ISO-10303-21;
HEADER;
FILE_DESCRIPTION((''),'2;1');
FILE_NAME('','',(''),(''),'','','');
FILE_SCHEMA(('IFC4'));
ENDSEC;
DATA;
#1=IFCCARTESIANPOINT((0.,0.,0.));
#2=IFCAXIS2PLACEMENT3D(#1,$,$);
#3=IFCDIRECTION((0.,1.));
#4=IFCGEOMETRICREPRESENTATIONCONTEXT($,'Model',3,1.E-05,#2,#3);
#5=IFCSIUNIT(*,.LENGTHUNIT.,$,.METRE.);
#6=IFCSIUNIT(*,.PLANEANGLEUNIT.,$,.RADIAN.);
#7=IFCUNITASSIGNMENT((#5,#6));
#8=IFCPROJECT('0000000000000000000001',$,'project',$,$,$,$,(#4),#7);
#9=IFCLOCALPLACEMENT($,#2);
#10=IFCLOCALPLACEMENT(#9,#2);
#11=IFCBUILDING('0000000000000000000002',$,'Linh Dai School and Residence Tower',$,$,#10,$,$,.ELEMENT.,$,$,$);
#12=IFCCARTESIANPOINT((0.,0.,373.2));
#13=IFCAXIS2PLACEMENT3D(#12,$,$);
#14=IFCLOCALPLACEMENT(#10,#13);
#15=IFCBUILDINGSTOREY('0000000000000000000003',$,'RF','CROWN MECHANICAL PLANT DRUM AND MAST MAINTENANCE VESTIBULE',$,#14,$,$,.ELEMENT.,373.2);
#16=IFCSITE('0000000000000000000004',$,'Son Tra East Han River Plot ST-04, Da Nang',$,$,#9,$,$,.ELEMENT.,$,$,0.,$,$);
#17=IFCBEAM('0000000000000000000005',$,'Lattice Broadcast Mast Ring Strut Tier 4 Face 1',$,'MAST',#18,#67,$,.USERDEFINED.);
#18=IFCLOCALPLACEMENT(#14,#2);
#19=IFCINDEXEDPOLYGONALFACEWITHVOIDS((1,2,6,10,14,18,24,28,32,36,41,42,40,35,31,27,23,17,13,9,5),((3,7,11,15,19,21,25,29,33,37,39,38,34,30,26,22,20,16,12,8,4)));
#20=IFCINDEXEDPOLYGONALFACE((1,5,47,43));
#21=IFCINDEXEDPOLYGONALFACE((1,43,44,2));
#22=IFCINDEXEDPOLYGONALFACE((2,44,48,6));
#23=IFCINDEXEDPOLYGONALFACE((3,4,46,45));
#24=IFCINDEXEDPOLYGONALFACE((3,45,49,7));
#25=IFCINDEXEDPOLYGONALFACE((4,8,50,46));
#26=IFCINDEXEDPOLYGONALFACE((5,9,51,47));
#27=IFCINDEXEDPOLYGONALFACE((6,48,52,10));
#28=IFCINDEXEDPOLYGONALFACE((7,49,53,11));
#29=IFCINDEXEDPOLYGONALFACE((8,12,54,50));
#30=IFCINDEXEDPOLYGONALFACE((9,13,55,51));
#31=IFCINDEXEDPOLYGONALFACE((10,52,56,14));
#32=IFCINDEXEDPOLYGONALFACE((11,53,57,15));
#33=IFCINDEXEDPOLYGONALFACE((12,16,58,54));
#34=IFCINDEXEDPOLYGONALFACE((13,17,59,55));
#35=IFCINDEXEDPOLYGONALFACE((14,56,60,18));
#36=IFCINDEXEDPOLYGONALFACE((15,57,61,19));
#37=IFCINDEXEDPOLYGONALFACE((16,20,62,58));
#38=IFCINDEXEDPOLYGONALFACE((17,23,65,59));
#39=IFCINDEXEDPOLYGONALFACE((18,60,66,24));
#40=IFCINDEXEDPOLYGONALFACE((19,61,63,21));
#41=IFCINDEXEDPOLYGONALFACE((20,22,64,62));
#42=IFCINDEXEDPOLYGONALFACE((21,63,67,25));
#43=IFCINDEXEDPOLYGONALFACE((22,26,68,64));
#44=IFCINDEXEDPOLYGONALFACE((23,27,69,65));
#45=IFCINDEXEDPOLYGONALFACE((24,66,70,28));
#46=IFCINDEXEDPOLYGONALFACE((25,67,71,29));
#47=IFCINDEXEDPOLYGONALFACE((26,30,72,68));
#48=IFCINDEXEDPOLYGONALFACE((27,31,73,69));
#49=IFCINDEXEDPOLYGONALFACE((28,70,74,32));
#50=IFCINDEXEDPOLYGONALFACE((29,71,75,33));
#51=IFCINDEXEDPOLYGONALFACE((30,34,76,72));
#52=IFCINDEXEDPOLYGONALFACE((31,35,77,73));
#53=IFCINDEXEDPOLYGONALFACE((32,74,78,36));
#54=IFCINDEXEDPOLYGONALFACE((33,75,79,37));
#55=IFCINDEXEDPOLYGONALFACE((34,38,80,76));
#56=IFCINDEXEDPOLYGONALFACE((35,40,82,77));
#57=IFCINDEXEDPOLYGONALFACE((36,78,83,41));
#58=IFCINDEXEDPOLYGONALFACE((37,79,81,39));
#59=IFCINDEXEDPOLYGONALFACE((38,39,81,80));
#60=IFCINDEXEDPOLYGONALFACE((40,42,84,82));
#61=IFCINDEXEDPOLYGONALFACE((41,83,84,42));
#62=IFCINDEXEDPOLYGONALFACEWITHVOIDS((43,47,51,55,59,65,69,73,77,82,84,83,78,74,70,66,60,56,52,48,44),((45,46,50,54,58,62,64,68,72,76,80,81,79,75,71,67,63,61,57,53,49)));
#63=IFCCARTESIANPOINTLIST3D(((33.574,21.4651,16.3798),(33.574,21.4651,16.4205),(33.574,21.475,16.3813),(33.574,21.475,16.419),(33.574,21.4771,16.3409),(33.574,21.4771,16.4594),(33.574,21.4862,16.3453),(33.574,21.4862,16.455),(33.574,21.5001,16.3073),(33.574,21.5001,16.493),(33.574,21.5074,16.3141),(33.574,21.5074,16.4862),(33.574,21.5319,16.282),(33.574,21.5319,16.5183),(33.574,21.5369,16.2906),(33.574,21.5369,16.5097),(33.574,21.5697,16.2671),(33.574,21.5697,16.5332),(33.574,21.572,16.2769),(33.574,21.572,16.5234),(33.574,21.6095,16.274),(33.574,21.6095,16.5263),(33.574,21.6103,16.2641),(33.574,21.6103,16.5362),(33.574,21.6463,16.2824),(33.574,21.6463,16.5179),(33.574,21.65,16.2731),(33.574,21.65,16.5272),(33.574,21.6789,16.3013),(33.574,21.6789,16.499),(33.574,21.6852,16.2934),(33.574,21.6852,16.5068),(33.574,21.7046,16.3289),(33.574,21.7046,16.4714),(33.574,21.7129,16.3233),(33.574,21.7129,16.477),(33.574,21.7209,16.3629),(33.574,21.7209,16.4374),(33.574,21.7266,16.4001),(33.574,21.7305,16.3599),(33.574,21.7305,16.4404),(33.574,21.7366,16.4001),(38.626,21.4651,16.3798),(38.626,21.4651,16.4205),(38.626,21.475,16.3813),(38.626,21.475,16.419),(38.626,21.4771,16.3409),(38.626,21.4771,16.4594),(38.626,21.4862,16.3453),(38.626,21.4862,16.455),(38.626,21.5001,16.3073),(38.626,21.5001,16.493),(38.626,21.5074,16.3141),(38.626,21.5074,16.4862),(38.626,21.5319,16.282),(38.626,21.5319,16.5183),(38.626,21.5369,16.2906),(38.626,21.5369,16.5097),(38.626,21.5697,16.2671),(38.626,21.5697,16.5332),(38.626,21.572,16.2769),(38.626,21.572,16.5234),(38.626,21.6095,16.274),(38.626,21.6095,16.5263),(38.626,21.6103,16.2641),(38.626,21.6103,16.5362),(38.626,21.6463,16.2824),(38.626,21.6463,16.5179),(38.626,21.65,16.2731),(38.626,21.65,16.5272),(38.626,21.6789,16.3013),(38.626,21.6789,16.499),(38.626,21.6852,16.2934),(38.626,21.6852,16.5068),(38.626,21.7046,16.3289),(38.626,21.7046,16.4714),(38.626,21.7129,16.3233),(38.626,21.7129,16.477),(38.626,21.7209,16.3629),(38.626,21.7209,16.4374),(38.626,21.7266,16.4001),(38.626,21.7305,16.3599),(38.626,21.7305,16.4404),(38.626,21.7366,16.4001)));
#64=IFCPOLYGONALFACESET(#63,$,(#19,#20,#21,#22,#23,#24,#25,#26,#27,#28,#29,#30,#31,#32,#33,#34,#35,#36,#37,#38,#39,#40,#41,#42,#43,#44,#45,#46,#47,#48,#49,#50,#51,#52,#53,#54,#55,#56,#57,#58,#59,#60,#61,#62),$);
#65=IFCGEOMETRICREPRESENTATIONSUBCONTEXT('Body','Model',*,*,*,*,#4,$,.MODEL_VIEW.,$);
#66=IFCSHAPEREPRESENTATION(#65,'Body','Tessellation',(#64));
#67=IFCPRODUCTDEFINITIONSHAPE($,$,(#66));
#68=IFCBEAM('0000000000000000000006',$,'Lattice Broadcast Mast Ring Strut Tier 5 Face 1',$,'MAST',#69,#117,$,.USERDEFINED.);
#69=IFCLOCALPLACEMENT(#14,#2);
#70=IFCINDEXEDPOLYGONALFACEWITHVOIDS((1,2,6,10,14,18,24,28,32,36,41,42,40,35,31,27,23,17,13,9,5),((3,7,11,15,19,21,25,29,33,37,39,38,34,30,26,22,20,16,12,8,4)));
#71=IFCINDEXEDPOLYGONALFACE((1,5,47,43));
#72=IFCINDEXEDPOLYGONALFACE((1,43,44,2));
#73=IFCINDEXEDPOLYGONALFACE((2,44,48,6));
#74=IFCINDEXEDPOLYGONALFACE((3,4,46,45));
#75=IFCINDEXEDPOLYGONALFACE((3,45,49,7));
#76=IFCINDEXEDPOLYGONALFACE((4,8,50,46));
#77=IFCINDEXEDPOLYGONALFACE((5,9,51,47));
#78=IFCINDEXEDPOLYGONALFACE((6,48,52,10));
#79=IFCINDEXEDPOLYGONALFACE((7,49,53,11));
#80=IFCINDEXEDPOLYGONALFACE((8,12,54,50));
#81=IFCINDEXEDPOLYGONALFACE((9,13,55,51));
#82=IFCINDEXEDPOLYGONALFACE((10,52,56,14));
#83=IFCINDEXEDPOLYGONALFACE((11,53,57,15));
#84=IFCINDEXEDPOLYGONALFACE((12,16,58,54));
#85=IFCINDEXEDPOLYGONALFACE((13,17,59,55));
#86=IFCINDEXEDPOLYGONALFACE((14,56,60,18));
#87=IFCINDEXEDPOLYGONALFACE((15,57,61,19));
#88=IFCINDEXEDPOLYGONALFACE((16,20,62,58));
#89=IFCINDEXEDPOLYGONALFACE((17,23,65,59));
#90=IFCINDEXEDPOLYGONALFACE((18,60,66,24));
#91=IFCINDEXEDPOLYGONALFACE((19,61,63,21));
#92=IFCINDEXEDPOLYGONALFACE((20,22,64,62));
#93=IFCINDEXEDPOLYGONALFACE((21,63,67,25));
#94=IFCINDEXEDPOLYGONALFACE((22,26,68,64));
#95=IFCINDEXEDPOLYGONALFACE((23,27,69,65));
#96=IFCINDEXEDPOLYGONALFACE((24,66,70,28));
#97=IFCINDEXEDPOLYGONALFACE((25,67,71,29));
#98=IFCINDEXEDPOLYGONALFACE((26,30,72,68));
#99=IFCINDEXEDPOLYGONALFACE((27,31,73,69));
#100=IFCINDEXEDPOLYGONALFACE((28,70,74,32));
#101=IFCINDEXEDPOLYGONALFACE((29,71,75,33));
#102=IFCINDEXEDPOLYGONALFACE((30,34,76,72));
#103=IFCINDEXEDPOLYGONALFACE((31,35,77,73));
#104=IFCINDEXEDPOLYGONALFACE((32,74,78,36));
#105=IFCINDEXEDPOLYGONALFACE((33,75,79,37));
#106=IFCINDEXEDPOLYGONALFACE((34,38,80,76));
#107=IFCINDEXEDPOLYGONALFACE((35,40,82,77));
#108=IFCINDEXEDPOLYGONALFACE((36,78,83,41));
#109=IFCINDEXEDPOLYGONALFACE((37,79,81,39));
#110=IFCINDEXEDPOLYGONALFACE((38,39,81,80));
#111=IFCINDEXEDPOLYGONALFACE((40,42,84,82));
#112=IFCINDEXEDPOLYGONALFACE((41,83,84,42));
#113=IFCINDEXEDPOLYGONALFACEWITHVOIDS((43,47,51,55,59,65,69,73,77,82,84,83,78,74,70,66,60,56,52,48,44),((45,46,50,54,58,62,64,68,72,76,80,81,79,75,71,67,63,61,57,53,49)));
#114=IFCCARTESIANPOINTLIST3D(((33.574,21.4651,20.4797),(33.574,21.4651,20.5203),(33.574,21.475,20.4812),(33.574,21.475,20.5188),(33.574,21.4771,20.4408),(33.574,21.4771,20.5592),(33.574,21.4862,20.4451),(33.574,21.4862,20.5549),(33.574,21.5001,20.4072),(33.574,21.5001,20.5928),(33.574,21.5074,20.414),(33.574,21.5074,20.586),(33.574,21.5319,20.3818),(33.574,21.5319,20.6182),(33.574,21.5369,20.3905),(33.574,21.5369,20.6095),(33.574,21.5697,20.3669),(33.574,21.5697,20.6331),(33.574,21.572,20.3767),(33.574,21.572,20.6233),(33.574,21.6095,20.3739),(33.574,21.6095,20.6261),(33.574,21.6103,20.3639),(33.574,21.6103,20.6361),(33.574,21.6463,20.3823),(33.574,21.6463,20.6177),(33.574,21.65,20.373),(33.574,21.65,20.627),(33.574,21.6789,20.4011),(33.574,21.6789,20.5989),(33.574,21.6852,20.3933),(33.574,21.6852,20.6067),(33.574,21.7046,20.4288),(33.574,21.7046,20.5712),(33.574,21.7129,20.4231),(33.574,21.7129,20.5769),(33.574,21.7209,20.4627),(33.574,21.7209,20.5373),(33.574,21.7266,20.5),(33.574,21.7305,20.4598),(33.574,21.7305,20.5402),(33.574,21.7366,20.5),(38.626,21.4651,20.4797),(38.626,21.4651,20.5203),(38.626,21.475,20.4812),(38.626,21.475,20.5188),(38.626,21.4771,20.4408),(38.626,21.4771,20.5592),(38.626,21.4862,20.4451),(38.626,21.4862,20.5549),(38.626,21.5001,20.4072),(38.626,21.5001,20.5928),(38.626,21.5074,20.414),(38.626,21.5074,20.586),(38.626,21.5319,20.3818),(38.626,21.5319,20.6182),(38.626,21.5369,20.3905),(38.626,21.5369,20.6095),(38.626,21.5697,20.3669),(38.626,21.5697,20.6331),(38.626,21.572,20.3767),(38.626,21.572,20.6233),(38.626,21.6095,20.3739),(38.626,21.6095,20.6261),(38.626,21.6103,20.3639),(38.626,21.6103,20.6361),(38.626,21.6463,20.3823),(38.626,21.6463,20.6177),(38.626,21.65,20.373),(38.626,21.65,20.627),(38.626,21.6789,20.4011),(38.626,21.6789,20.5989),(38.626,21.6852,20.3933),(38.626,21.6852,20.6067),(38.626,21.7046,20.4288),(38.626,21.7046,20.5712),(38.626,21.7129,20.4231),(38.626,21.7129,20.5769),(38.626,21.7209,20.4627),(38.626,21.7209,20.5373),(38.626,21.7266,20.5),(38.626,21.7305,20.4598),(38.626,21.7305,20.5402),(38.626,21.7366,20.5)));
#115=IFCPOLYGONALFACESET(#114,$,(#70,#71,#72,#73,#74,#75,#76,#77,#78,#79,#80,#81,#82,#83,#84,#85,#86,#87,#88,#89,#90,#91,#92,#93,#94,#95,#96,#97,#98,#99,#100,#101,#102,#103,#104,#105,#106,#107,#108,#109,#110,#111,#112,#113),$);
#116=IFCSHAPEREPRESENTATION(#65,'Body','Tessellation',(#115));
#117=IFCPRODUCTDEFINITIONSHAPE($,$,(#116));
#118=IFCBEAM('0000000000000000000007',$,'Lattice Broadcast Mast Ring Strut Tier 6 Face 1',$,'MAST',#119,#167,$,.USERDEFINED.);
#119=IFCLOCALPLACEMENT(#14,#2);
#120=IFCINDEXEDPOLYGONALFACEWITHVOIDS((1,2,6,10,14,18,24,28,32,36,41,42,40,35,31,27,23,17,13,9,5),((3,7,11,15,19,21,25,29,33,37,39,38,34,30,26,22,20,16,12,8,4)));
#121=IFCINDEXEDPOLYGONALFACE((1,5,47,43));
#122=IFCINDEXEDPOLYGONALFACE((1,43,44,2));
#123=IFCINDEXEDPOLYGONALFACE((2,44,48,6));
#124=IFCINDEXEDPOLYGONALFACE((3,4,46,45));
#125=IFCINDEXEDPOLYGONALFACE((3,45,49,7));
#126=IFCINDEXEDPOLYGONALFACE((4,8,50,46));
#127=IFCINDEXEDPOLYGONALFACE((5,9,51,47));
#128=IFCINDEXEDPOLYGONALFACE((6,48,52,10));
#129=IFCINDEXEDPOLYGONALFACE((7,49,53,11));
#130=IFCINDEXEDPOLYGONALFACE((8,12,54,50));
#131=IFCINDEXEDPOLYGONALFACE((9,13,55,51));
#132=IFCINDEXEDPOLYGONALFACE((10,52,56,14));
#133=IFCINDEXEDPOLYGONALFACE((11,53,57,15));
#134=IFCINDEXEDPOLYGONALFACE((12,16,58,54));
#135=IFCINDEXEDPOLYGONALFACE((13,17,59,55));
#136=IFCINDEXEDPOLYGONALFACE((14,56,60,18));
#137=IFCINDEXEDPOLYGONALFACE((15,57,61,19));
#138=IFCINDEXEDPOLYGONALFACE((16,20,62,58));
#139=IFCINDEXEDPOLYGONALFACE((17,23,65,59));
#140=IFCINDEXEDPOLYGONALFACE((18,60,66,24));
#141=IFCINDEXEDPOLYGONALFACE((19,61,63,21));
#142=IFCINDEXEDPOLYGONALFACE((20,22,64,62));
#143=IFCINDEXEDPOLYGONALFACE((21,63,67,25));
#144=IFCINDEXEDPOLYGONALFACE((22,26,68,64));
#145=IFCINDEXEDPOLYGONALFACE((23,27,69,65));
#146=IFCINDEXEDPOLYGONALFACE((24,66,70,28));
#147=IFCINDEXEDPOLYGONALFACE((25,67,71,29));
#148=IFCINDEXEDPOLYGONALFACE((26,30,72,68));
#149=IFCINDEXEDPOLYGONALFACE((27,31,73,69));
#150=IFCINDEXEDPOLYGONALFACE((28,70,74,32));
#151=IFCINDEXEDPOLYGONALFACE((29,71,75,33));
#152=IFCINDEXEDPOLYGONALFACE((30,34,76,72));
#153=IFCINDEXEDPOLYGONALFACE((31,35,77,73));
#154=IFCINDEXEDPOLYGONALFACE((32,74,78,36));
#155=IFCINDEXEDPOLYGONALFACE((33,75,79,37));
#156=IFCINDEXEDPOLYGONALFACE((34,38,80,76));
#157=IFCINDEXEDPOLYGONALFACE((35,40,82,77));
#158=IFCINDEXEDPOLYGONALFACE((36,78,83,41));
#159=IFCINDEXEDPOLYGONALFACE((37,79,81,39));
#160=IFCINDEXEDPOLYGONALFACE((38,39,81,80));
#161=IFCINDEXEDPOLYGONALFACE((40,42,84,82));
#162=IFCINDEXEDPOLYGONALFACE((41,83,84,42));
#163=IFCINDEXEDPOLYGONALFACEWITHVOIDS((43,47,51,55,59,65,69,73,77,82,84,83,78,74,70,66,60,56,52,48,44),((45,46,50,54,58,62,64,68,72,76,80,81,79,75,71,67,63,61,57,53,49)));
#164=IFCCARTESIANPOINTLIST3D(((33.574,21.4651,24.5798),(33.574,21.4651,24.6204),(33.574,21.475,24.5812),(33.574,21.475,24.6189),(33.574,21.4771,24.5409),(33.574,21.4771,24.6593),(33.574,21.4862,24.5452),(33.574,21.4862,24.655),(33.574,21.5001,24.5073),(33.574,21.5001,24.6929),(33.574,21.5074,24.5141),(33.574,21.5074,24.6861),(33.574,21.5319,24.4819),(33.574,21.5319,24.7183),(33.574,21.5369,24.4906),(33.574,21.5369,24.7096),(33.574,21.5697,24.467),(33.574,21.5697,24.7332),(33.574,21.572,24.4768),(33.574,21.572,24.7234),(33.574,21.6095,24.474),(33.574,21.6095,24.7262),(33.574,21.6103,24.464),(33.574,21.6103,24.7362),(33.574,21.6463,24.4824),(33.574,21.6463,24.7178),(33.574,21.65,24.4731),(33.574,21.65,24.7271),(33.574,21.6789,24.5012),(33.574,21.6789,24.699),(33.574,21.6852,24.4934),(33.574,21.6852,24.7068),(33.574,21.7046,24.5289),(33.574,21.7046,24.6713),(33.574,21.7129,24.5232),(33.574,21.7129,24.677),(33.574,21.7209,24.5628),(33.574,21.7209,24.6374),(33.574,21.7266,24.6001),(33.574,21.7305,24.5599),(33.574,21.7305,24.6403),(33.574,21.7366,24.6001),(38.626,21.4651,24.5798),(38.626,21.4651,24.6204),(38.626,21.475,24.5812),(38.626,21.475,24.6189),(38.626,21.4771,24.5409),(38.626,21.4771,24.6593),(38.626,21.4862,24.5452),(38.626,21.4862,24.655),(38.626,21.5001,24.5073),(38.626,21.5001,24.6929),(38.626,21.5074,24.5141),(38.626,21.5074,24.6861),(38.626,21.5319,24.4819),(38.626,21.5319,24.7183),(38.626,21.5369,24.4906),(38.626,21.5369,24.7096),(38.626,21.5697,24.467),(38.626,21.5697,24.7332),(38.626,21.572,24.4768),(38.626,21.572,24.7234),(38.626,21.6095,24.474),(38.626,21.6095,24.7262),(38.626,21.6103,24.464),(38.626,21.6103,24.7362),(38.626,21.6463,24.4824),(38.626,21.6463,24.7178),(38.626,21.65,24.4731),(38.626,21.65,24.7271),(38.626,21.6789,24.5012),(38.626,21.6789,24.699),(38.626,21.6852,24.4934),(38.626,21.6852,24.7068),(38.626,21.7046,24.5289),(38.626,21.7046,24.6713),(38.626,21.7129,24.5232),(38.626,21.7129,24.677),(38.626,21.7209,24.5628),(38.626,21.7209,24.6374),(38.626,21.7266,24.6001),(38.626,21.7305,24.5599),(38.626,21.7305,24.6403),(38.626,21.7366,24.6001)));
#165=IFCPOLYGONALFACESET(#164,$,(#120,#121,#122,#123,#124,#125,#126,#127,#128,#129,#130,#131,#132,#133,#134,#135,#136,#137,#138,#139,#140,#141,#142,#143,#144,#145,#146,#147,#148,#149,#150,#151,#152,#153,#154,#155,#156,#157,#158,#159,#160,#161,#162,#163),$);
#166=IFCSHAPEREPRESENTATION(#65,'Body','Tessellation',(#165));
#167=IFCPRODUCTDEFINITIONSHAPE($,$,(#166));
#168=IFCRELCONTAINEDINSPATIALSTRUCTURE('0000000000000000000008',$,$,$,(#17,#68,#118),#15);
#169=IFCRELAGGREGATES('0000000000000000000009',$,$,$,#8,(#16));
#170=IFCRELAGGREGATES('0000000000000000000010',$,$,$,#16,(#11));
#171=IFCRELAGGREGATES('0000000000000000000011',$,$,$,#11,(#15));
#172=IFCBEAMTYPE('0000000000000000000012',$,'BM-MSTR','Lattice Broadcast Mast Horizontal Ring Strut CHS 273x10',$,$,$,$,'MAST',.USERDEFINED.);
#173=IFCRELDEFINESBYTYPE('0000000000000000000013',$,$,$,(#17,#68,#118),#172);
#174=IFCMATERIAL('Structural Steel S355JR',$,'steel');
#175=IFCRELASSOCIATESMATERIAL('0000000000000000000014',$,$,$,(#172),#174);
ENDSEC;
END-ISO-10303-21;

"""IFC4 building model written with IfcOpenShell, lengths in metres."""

from ifc_helpers import new_model, si_unit, direction, frame, origin, origin_2d, place, context, subcontext, project, spatial, hollow_circle, extrude, material, material_profile, profile_set, type_object, element, save


model = new_model("IFC4")

# Units and contexts
model_context = context("Model", 3, precision=1e-05, world=origin(), true_north=direction((0.0, 1.0)))
body_context = subcontext(model_context, "Body", "Model", "MODEL_VIEW")
ifc_project = project(units=[si_unit("LENGTHUNIT", "METRE"), si_unit("PLANEANGLEUNIT", "RADIAN")], contexts=[model_context])

# Site, building, storey
site_placement = place(None, origin())
site = spatial("IfcSite", under=ifc_project, at=site_placement, Name="Son Tra East Han River Plot ST-04, Da Nang", CompositionType="ELEMENT", RefElevation=0.0)
building_placement = place(site_placement, origin())
building = spatial("IfcBuilding", under=site, at=building_placement, Name="Linh Dai School and Residence Tower", CompositionType="ELEMENT")
storey_placement = place(building_placement, frame((0.0, 0.0, 373.2)))
storey = spatial("IfcBuildingStorey", under=building, at=storey_placement, Name="RF", Description="CROWN MECHANICAL PLANT DRUM AND MAST MAINTENANCE VESTIBULE", CompositionType="ELEMENT", Elevation=373.2)

# Beams
ifc_material_1 = material(Name="Structural Steel S355JR", Category="steel")
ifc_material_profile_1 = material_profile(ifc_material_1, hollow_circle(Radius=0.1365, WallThickness=0.01, at=origin_2d()), Name="CHS 273x10")
ifc_profile_set_1 = profile_set([ifc_material_profile_1], Name="Structural Steel S355JR")
beam_type = type_object("IfcBeamType", Name="BM-MSTR", Description="Lattice Broadcast Mast Horizontal Ring Strut CHS 273x10", ElementType="MAST", PredefinedType="USERDEFINED", material=ifc_profile_set_1)
for number, where, z_axis, x_axis, name in (
    (1, (33.574, 21.6001, 16.4001), (1.0, 0.0, 0.0), (0.0, 1.0, 0.0), "Lattice Broadcast Mast Ring Strut Tier 4 Face 1"),
    (2, (33.574, 21.6001, 20.5), (1.0, 0.0, 0.0), (0.0, 1.0, 0.0), "Lattice Broadcast Mast Ring Strut Tier 5 Face 1"),
    (3, (33.574, 21.6001, 24.6001), (1.0, 0.0, 0.0), (0.0, 1.0, 0.0), "Lattice Broadcast Mast Ring Strut Tier 6 Face 1"),
):
    element("IfcBeam", number, at=place(storey_placement, frame(where, z_axis=z_axis, x_axis=x_axis)), inside=storey, type_object=beam_type, Name=name, ObjectType="MAST", PredefinedType="USERDEFINED", context=body_context, shape_type="SweptSolid", body=[
        extrude(hollow_circle(Radius=0.1365, WallThickness=0.01, at=origin_2d()), origin(), (0.0, 0.0, 1.0), 5.052),
    ])

save(model, "model.ifc")
